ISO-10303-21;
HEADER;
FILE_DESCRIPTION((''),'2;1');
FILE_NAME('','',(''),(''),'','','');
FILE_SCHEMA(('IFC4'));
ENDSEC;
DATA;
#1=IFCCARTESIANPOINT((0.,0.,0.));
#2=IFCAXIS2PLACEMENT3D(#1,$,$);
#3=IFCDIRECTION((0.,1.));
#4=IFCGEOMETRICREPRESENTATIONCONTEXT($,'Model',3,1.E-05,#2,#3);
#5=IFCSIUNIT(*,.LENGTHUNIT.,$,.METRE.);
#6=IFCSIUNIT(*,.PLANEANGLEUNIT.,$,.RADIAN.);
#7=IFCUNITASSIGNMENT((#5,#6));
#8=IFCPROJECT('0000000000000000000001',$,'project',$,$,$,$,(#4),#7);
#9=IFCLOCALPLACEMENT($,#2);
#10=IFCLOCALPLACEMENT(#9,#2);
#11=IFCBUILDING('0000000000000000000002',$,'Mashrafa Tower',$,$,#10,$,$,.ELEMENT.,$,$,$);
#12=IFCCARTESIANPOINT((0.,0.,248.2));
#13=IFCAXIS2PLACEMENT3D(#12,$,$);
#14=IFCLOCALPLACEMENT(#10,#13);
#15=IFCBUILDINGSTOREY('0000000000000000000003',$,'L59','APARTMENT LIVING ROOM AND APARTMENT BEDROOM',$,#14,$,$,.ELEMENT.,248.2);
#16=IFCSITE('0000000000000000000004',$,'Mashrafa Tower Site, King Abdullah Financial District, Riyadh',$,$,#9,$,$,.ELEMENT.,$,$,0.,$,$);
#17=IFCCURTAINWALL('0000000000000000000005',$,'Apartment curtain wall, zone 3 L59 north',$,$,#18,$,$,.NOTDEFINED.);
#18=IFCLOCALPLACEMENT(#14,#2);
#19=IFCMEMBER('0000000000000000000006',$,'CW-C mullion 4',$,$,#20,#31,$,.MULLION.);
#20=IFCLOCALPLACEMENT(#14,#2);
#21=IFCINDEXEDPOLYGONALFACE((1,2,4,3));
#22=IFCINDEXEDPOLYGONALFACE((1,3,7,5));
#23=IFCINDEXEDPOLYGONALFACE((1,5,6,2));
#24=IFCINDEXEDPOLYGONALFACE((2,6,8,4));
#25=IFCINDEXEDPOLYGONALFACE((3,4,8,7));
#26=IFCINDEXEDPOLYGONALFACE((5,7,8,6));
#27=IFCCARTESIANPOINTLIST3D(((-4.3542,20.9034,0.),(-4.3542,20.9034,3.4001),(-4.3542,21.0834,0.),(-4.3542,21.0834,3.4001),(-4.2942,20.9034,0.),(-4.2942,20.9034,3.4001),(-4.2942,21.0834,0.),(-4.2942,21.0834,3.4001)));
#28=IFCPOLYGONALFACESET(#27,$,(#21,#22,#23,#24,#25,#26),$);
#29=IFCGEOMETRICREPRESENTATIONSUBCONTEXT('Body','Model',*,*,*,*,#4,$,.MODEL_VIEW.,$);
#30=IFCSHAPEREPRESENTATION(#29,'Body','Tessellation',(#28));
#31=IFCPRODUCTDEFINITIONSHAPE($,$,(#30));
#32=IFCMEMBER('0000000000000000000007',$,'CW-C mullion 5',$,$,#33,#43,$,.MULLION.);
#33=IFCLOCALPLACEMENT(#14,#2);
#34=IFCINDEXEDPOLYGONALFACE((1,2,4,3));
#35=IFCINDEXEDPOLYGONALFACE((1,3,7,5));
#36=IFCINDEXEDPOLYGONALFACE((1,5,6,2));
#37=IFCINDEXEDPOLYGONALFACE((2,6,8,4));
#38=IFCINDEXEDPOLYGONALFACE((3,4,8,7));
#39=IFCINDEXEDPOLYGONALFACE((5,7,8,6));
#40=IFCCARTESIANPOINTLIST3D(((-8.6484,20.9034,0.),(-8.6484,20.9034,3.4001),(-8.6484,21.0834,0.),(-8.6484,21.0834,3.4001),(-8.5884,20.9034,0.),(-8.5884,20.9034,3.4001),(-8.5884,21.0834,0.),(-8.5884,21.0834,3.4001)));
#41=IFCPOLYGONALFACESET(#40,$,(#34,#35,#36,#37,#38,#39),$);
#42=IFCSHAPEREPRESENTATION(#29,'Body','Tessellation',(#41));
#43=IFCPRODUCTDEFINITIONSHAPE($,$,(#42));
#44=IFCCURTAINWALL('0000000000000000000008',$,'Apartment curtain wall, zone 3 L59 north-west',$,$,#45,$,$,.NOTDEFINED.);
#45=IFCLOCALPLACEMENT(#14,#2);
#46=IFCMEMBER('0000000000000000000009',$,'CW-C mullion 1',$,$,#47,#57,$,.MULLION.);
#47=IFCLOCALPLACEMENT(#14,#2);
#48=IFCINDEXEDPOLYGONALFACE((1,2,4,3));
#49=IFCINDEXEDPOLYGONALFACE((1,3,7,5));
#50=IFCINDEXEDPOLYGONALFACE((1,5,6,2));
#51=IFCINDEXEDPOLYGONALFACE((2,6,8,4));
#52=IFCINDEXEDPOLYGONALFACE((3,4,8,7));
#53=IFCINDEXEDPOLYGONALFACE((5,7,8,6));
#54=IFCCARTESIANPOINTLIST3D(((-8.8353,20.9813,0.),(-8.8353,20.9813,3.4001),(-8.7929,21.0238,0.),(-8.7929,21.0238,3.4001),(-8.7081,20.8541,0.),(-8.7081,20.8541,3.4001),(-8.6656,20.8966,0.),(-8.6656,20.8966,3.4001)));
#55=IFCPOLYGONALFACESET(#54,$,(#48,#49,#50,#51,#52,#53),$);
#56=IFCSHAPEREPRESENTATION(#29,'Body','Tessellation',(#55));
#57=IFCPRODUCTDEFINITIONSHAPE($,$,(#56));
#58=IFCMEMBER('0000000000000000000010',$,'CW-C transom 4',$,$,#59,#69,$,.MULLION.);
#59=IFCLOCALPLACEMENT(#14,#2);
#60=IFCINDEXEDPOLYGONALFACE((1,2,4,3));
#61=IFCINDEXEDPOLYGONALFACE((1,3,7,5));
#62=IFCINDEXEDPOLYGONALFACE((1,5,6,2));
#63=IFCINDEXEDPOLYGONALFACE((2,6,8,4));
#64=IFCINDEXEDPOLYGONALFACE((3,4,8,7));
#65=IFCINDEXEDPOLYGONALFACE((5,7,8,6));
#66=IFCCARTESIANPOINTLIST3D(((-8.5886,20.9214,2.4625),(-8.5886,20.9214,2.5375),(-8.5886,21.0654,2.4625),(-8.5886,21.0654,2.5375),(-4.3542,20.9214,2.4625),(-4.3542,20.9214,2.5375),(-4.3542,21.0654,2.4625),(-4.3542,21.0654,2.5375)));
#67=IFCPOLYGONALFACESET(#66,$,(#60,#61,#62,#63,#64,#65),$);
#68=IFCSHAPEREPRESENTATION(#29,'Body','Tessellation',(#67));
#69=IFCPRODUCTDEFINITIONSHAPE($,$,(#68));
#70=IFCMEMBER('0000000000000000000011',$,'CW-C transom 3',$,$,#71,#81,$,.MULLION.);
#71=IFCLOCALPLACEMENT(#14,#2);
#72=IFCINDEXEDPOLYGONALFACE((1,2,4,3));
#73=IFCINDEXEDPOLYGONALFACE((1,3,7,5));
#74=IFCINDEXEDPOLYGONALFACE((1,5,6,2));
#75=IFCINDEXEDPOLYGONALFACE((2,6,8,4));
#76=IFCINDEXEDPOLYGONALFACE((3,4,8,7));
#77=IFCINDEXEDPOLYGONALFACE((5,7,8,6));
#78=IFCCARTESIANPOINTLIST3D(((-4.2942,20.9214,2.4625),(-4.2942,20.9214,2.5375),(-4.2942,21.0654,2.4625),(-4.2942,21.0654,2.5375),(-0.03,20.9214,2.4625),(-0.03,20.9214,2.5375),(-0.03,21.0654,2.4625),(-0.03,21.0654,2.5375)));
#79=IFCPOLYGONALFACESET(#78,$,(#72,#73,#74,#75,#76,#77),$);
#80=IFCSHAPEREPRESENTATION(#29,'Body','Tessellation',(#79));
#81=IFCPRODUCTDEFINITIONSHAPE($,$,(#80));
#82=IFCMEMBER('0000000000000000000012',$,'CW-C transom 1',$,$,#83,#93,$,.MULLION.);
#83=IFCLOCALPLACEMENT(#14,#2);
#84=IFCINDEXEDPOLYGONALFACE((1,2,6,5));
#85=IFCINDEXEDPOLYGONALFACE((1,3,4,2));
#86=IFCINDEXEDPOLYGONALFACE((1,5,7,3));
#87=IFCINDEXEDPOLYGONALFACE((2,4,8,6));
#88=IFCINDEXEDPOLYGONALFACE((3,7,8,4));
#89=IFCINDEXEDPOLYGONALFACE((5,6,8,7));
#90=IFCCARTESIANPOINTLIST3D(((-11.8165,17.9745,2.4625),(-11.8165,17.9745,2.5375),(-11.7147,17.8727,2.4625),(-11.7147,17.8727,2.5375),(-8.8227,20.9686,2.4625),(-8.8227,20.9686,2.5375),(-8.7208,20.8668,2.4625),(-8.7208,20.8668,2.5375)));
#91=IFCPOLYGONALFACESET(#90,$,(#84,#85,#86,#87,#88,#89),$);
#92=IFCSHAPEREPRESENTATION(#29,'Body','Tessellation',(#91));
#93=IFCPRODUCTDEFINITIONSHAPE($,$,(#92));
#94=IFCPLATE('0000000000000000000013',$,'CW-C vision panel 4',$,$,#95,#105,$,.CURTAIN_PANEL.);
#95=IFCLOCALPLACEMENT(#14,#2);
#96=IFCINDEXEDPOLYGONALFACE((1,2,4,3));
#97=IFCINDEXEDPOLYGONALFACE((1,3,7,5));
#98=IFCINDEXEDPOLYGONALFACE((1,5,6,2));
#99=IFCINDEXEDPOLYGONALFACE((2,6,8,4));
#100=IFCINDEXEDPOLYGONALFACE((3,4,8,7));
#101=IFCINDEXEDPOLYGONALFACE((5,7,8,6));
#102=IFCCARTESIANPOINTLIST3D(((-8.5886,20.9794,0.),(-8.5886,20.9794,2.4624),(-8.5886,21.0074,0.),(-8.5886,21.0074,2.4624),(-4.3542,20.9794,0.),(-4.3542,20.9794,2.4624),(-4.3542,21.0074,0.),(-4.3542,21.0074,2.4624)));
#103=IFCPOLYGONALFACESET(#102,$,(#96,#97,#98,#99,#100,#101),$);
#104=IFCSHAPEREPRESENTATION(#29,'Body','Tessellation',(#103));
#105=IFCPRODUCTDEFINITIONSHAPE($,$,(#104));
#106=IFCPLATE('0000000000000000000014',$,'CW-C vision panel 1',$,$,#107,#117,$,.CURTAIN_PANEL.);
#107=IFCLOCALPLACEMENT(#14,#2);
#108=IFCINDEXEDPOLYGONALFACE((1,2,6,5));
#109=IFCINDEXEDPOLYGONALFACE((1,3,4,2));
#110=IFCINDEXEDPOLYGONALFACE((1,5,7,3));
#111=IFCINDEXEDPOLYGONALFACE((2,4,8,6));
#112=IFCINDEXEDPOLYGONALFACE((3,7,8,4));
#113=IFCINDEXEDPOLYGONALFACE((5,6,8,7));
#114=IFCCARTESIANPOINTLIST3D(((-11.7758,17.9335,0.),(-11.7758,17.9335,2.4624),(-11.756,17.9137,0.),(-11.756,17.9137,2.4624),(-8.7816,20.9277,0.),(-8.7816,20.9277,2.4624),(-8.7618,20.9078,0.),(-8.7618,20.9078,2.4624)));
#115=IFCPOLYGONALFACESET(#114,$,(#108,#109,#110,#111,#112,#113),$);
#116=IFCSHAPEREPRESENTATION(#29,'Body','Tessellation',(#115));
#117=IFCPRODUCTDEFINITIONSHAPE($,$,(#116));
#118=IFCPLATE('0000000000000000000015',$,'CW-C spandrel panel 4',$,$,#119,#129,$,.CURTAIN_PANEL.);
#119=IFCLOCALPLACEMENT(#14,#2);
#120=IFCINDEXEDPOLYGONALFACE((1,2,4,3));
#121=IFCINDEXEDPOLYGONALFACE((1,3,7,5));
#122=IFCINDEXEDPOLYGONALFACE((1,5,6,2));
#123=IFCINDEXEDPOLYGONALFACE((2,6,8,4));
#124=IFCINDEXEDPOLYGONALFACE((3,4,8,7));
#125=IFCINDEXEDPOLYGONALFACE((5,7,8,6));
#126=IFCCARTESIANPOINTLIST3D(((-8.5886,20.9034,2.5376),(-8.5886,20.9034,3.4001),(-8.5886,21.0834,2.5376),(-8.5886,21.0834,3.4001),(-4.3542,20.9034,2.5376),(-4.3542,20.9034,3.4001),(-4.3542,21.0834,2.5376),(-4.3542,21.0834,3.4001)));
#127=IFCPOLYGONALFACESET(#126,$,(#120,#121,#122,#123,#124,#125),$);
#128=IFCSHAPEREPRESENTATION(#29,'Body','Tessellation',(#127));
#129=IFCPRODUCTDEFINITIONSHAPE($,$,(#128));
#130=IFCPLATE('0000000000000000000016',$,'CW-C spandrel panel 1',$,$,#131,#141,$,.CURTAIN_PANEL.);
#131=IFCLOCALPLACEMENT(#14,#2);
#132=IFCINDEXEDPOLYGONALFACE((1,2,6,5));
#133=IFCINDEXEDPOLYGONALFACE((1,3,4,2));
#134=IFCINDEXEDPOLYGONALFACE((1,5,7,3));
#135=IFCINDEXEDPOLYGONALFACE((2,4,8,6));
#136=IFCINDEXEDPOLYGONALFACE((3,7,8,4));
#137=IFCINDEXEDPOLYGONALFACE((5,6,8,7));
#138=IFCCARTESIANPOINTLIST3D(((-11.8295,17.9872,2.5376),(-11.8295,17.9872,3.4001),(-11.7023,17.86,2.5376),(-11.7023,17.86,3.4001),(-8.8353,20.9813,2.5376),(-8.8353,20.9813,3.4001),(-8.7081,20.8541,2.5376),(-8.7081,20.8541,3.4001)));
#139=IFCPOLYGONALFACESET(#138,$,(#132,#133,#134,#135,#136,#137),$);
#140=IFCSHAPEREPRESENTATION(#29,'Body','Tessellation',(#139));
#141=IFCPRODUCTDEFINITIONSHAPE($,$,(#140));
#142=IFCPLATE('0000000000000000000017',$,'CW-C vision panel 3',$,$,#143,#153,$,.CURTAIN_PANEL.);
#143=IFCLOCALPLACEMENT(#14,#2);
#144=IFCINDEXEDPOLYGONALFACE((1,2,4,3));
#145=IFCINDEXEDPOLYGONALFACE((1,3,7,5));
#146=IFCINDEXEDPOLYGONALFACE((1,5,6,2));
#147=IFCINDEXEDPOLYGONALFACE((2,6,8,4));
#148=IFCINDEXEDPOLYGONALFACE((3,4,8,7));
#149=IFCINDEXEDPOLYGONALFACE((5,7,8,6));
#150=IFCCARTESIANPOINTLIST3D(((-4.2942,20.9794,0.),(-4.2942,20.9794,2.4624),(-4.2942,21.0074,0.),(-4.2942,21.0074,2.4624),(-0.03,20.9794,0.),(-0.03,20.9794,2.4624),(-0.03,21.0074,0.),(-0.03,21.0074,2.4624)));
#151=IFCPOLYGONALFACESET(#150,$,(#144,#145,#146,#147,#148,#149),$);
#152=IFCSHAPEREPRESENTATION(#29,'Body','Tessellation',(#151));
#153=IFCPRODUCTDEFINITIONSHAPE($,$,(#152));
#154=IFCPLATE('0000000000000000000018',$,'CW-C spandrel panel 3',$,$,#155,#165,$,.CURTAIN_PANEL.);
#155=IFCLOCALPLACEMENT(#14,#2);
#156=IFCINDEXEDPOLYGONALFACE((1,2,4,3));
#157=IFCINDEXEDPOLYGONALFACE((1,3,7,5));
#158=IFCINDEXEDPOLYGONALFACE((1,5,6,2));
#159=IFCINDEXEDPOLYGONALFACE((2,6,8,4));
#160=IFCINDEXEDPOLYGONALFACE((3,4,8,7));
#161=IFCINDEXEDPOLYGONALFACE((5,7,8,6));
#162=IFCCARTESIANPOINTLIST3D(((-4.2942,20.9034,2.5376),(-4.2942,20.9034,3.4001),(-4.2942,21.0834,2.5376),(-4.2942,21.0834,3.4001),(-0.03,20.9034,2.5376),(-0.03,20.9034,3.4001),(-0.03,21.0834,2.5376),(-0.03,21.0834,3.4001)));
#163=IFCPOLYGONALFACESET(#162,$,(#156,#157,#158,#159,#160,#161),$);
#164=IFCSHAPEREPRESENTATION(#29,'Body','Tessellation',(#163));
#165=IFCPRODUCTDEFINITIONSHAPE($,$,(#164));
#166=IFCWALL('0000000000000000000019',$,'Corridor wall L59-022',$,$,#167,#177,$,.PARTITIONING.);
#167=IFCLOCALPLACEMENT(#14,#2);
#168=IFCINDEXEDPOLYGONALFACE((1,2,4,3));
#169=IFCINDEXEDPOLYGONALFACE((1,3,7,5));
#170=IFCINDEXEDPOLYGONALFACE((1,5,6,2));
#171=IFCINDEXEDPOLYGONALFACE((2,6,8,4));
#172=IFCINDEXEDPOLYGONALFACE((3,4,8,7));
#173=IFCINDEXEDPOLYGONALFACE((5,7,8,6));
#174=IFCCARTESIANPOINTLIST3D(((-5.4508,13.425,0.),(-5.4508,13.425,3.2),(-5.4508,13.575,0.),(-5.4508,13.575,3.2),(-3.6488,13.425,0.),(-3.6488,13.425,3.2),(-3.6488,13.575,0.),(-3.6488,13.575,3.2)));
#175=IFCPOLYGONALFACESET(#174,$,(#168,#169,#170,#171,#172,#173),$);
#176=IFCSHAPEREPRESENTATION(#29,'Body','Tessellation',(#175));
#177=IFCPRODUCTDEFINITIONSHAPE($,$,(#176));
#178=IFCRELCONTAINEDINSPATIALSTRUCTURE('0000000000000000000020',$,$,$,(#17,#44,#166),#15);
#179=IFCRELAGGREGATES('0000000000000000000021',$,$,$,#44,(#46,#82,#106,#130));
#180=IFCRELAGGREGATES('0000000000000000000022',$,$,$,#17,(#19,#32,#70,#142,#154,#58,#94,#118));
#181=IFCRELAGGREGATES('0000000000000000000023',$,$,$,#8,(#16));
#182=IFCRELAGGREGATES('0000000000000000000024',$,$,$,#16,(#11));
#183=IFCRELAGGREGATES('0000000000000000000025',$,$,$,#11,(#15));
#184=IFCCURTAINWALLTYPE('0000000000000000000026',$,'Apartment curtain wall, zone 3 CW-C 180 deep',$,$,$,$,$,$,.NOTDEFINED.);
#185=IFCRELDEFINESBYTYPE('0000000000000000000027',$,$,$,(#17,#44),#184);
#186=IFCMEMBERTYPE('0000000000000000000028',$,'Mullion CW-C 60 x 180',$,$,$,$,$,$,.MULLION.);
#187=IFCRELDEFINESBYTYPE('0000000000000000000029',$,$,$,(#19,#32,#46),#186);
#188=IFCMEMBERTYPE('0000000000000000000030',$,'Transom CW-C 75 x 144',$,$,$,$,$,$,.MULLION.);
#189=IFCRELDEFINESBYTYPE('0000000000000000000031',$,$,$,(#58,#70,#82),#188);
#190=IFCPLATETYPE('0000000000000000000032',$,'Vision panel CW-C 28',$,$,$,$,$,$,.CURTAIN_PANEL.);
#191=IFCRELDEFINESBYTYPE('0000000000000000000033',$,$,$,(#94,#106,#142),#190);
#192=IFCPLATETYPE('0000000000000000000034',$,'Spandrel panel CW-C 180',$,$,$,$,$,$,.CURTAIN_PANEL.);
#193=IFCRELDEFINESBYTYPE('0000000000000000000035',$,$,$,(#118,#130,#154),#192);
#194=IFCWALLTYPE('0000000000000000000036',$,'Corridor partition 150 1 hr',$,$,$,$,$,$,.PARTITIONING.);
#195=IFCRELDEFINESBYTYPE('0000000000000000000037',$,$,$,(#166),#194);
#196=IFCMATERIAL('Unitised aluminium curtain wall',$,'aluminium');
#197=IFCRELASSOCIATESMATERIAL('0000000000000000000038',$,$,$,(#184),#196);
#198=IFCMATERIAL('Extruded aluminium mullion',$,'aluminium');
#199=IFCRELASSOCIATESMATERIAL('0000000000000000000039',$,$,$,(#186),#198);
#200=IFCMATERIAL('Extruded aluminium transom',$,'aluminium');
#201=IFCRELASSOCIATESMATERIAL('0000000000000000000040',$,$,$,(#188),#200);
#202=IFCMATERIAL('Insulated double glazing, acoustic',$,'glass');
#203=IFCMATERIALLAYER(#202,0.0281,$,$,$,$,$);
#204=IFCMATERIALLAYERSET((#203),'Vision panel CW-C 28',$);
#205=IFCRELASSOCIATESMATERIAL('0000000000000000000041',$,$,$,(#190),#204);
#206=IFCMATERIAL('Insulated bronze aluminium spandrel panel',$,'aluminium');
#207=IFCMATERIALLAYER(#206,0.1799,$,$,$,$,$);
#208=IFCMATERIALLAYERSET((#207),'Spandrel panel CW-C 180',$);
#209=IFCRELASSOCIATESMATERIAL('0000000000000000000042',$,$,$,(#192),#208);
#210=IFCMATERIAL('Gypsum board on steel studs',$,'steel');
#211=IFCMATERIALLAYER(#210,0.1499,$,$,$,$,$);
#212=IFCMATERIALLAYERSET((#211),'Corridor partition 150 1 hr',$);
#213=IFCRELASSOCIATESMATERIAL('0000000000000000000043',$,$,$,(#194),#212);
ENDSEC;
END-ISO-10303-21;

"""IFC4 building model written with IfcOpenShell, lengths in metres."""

from ifc_helpers import new_model, si_unit, direction, frame, frame_2d, origin, origin_2d, place, context, subcontext, project, spatial, rectangle, extrude, source, transform, mapped, material, layer, layer_set, material_profile, profile_set, type_object, type_shapes, element, aggregate, save


model = new_model("IFC4")

# Units and contexts
model_context = context("Model", 3, precision=1e-05, world=origin(), true_north=direction((0.0, 1.0)))
body_context = subcontext(model_context, "Body", "Model", "MODEL_VIEW")
ifc_project = project(units=[si_unit("LENGTHUNIT", "METRE"), si_unit("PLANEANGLEUNIT", "RADIAN")], contexts=[model_context])

# Site, building, storey
site_placement = place(None, origin())
site = spatial("IfcSite", under=ifc_project, at=site_placement, Name="Mashrafa Tower Site, King Abdullah Financial District, Riyadh", CompositionType="ELEMENT", RefElevation=0.0)
building_placement = place(site_placement, origin())
building = spatial("IfcBuilding", under=site, at=building_placement, Name="Mashrafa Tower", CompositionType="ELEMENT")
storey_placement = place(building_placement, frame((0.0, 0.0, 248.2)))
storey = spatial("IfcBuildingStorey", under=building, at=storey_placement, Name="L59", Description="APARTMENT LIVING ROOM AND APARTMENT BEDROOM", CompositionType="ELEMENT", Elevation=248.2)

# Curtain wall, members
ifc_material_1 = material(Name="Unitised aluminium curtain wall", Category="aluminium")
curtain_wall_type = type_object("IfcCurtainWallType", Name="Apartment curtain wall, zone 3 CW-C 180 deep", PredefinedType="NOTDEFINED", material=ifc_material_1)
curtain_wall_1_placement = place(storey_placement, origin())
curtain_wall_1 = element("IfcCurtainWall", 1, at=curtain_wall_1_placement, inside=storey, type_object=curtain_wall_type, Name="Apartment curtain wall, zone 3 L59 north", PredefinedType="NOTDEFINED")
ifc_material_2 = material(Name="Extruded aluminium mullion", Category="aluminium")
ifc_material_profile_1 = material_profile(ifc_material_2, rectangle(XDim=0.1799, YDim=0.0601, at=origin_2d()), Name="Mullion 60x180")
ifc_profile_set_1 = profile_set([ifc_material_profile_1], Name="Extruded aluminium mullion")
member_type_1 = type_object("IfcMemberType", Name="Mullion CW-C 60 x 180", PredefinedType="MULLION", material=ifc_profile_set_1)
shared_shape_1 = source(origin(), body_context, "Body", "SweptSolid", [
    extrude(rectangle(XDim=0.1799, YDim=0.0601, at=origin_2d()), origin(), (0.0, 0.0, 1.0), 3.4001),
])
type_shapes(member_type_1, [shared_shape_1])
member_1_placement = place(storey_placement, frame((-4.3242, 20.9934, 0.0), z_axis=(0.0, 0.0, 1.0), x_axis=(0.0, -1.0, 0.0)))
member_1 = element("IfcMember", 2, at=member_1_placement, type_object=member_type_1, Name="CW-C mullion 4", PredefinedType="MULLION", context=body_context, shape_type="MappedRepresentation", body=[
    mapped(shared_shape_1, transform((0.0, 0.0, 0.0))),
])
member_2_placement = place(storey_placement, frame((-8.6184, 20.9934, 0.0), z_axis=(0.0, 0.0, 1.0), x_axis=(0.0, -1.0, 0.0)))
member_2 = element("IfcMember", 3, at=member_2_placement, type_object=member_type_1, Name="CW-C mullion 5", PredefinedType="MULLION", context=body_context, shape_type="MappedRepresentation", body=[
    mapped(shared_shape_1, transform((0.0, 0.0, 0.0))),
])

# Curtain wall, member
curtain_wall_2_placement = place(storey_placement, origin())
curtain_wall_2 = element("IfcCurtainWall", 4, at=curtain_wall_2_placement, inside=storey, type_object=curtain_wall_type, Name="Apartment curtain wall, zone 3 L59 north-west", PredefinedType="NOTDEFINED")
member_3_placement = place(storey_placement, frame((-8.7505, 20.939, 0.0), z_axis=(0.0, 0.0, 1.0), x_axis=(0.707107, -0.707107, 0.0)))
member_3 = element("IfcMember", 5, at=member_3_placement, type_object=member_type_1, Name="CW-C mullion 1", PredefinedType="MULLION", context=body_context, shape_type="MappedRepresentation", body=[
    mapped(shared_shape_1, transform((0.0, 0.0, 0.0))),
])

# Members
ifc_material_3 = material(Name="Extruded aluminium transom", Category="aluminium")
ifc_material_profile_2 = material_profile(ifc_material_3, rectangle(XDim=0.144, YDim=0.075, at=origin_2d()), Name="Transom 75x144")
ifc_profile_set_2 = profile_set([ifc_material_profile_2], Name="Extruded aluminium transom")
member_type_2 = type_object("IfcMemberType", Name="Transom CW-C 75 x 144", PredefinedType="MULLION", material=ifc_profile_set_2)
shared_shape_2 = source(origin(), body_context, "Body", "SweptSolid", [
    extrude(rectangle(XDim=0.144, YDim=0.075, at=origin_2d()), origin(), (0.0, 0.0, 1.0), 4.2344),
])
member_4_placement = place(storey_placement, frame((-4.3542, 20.9934, 2.5), z_axis=(-1.0, 0.0, 0.0), x_axis=(0.0, -1.0, 0.0)))
member_4 = element("IfcMember", 6, at=member_4_placement, type_object=member_type_2, Name="CW-C transom 4", PredefinedType="MULLION", context=body_context, shape_type="MappedRepresentation", body=[
    mapped(shared_shape_2, transform((0.0, 0.0, 0.0))),
])
shared_shape_3 = source(origin(), body_context, "Body", "SweptSolid", [
    extrude(rectangle(XDim=0.144, YDim=0.075, at=origin_2d()), origin(), (0.0, 0.0, 1.0), 4.2642),
])
member_5_placement = place(storey_placement, frame((-0.03, 20.9934, 2.5), z_axis=(-1.0, 0.0, 0.0), x_axis=(0.0, -1.0, 0.0)))
member_5 = element("IfcMember", 7, at=member_5_placement, type_object=member_type_2, Name="CW-C transom 3", PredefinedType="MULLION", context=body_context, shape_type="MappedRepresentation", body=[
    mapped(shared_shape_3, transform((0.0, 0.0, 0.0))),
])
shared_shape_4 = source(origin(), body_context, "Body", "SweptSolid", [
    extrude(rectangle(XDim=0.144, YDim=0.075, at=origin_2d()), origin(), (0.0, 0.0, 1.0), 4.2341),
])
type_shapes(member_type_2, [shared_shape_2, shared_shape_3, shared_shape_4])
member_6_placement = place(storey_placement, frame((-8.7717, 20.9177, 2.5), z_axis=(-0.707078, -0.707136, 0.0), x_axis=(0.707136, -0.707078, 0.0)))
member_6 = element("IfcMember", 8, at=member_6_placement, type_object=member_type_2, Name="CW-C transom 1", PredefinedType="MULLION", context=body_context, shape_type="MappedRepresentation", body=[
    mapped(shared_shape_4, transform((0.0, 0.0, 0.0))),
])

# Plates
ifc_material_4 = material(Name="Insulated double glazing, acoustic", Category="glass")
ifc_layer_1 = layer(ifc_material_4, 0.0281)
ifc_layer_set_1 = layer_set([ifc_layer_1], Name="Vision panel CW-C 28")
plate_type_1 = type_object("IfcPlateType", Name="Vision panel CW-C 28", PredefinedType="CURTAIN_PANEL", material=ifc_layer_set_1)
shared_shape_5 = source(origin(), body_context, "Body", "SweptSolid", [
    extrude(rectangle(XDim=4.2344, YDim=0.0281, at=origin_2d()), origin(), (0.0, 0.0, 1.0), 2.4624),
])
plate_1_placement = place(storey_placement, frame((-6.4714, 20.9934, 0.0), z_axis=(0.0, 0.0, 1.0), x_axis=(-1.0, 0.0, 0.0)))
plate_1 = element("IfcPlate", 9, at=plate_1_placement, type_object=plate_type_1, Name="CW-C vision panel 4", PredefinedType="CURTAIN_PANEL", context=body_context, shape_type="MappedRepresentation", body=[
    mapped(shared_shape_5, transform((0.0, 0.0, 0.0))),
])
plate_2_placement = place(storey_placement, frame((-10.2688, 19.4207, 0.0), z_axis=(0.0, 0.0, 1.0), x_axis=(-0.707107, -0.707107, 0.0)))
plate_2 = element("IfcPlate", 10, at=plate_2_placement, type_object=plate_type_1, Name="CW-C vision panel 1", PredefinedType="CURTAIN_PANEL", context=body_context, shape_type="MappedRepresentation", body=[
    mapped(shared_shape_5, transform((0.0, 0.0, 0.0))),
])
ifc_material_5 = material(Name="Insulated bronze aluminium spandrel panel", Category="aluminium")
ifc_layer_2 = layer(ifc_material_5, 0.1799)
ifc_layer_set_2 = layer_set([ifc_layer_2], Name="Spandrel panel CW-C 180")
plate_type_2 = type_object("IfcPlateType", Name="Spandrel panel CW-C 180", PredefinedType="CURTAIN_PANEL", material=ifc_layer_set_2)
shared_shape_6 = source(origin(), body_context, "Body", "SweptSolid", [
    extrude(rectangle(XDim=4.2344, YDim=0.1799, at=origin_2d()), origin(), (0.0, 0.0, 1.0), 0.8625),
])
plate_3_placement = place(storey_placement, frame((-6.4714, 20.9934, 2.5376), z_axis=(0.0, 0.0, 1.0), x_axis=(-1.0, 0.0, 0.0)))
plate_3 = element("IfcPlate", 11, at=plate_3_placement, type_object=plate_type_2, Name="CW-C spandrel panel 4", PredefinedType="CURTAIN_PANEL", context=body_context, shape_type="MappedRepresentation", body=[
    mapped(shared_shape_6, transform((0.0, 0.0, 0.0))),
])
plate_4_placement = place(storey_placement, frame((-10.2688, 19.4207, 2.5376), z_axis=(0.0, 0.0, 1.0), x_axis=(-0.707107, -0.707107, 0.0)))
plate_4 = element("IfcPlate", 12, at=plate_4_placement, type_object=plate_type_2, Name="CW-C spandrel panel 1", PredefinedType="CURTAIN_PANEL", context=body_context, shape_type="MappedRepresentation", body=[
    mapped(shared_shape_6, transform((0.0, 0.0, 0.0))),
])
aggregate(curtain_wall_2, [member_3, member_6, plate_2, plate_4])
shared_shape_7 = source(origin(), body_context, "Body", "SweptSolid", [
    extrude(rectangle(XDim=4.2642, YDim=0.0281, at=origin_2d()), origin(), (0.0, 0.0, 1.0), 2.4624),
])
type_shapes(plate_type_1, [shared_shape_5, shared_shape_7])
plate_5_placement = place(storey_placement, frame((-2.1621, 20.9934, 0.0), z_axis=(0.0, 0.0, 1.0), x_axis=(-1.0, 0.0, 0.0)))
plate_5 = element("IfcPlate", 13, at=plate_5_placement, type_object=plate_type_1, Name="CW-C vision panel 3", PredefinedType="CURTAIN_PANEL", context=body_context, shape_type="MappedRepresentation", body=[
    mapped(shared_shape_7, transform((0.0, 0.0, 0.0))),
])
shared_shape_8 = source(origin(), body_context, "Body", "SweptSolid", [
    extrude(rectangle(XDim=4.2642, YDim=0.1799, at=origin_2d()), origin(), (0.0, 0.0, 1.0), 0.8625),
])
type_shapes(plate_type_2, [shared_shape_6, shared_shape_8])
plate_6_placement = place(storey_placement, frame((-2.1621, 20.9934, 2.5376), z_axis=(0.0, 0.0, 1.0), x_axis=(-1.0, 0.0, 0.0)))
plate_6 = element("IfcPlate", 14, at=plate_6_placement, type_object=plate_type_2, Name="CW-C spandrel panel 3", PredefinedType="CURTAIN_PANEL", context=body_context, shape_type="MappedRepresentation", body=[
    mapped(shared_shape_8, transform((0.0, 0.0, 0.0))),
])
aggregate(curtain_wall_1, [member_1, member_2, member_5, plate_5, plate_6, member_4, plate_1, plate_3])

# Wall
ifc_material_6 = material(Name="Gypsum board on steel studs", Category="steel")
ifc_layer_3 = layer(ifc_material_6, 0.1499)
ifc_layer_set_3 = layer_set([ifc_layer_3], Name="Corridor partition 150 1 hr")
wall_type_1 = type_object("IfcWallType", Name="Corridor partition 150 1 hr", PredefinedType="PARTITIONING", material=ifc_layer_set_3)
wall_1_placement = place(storey_placement, frame((-3.6489, 13.5, 0.0), z_axis=(0.0, 0.0, 1.0), x_axis=(-1.0, 0.0, 0.0)))
element("IfcWall", 15, at=wall_1_placement, inside=storey, type_object=wall_type_1, Name="Corridor wall L59-022", PredefinedType="PARTITIONING", context=body_context, shape_type="SweptSolid", body=[
    extrude(rectangle(XDim=1.802, YDim=0.1499, at=frame_2d((0.9009, 0.0))), origin(), (0.0, 0.0, 1.0), 3.2),
])

save(model, "model.ifc")
